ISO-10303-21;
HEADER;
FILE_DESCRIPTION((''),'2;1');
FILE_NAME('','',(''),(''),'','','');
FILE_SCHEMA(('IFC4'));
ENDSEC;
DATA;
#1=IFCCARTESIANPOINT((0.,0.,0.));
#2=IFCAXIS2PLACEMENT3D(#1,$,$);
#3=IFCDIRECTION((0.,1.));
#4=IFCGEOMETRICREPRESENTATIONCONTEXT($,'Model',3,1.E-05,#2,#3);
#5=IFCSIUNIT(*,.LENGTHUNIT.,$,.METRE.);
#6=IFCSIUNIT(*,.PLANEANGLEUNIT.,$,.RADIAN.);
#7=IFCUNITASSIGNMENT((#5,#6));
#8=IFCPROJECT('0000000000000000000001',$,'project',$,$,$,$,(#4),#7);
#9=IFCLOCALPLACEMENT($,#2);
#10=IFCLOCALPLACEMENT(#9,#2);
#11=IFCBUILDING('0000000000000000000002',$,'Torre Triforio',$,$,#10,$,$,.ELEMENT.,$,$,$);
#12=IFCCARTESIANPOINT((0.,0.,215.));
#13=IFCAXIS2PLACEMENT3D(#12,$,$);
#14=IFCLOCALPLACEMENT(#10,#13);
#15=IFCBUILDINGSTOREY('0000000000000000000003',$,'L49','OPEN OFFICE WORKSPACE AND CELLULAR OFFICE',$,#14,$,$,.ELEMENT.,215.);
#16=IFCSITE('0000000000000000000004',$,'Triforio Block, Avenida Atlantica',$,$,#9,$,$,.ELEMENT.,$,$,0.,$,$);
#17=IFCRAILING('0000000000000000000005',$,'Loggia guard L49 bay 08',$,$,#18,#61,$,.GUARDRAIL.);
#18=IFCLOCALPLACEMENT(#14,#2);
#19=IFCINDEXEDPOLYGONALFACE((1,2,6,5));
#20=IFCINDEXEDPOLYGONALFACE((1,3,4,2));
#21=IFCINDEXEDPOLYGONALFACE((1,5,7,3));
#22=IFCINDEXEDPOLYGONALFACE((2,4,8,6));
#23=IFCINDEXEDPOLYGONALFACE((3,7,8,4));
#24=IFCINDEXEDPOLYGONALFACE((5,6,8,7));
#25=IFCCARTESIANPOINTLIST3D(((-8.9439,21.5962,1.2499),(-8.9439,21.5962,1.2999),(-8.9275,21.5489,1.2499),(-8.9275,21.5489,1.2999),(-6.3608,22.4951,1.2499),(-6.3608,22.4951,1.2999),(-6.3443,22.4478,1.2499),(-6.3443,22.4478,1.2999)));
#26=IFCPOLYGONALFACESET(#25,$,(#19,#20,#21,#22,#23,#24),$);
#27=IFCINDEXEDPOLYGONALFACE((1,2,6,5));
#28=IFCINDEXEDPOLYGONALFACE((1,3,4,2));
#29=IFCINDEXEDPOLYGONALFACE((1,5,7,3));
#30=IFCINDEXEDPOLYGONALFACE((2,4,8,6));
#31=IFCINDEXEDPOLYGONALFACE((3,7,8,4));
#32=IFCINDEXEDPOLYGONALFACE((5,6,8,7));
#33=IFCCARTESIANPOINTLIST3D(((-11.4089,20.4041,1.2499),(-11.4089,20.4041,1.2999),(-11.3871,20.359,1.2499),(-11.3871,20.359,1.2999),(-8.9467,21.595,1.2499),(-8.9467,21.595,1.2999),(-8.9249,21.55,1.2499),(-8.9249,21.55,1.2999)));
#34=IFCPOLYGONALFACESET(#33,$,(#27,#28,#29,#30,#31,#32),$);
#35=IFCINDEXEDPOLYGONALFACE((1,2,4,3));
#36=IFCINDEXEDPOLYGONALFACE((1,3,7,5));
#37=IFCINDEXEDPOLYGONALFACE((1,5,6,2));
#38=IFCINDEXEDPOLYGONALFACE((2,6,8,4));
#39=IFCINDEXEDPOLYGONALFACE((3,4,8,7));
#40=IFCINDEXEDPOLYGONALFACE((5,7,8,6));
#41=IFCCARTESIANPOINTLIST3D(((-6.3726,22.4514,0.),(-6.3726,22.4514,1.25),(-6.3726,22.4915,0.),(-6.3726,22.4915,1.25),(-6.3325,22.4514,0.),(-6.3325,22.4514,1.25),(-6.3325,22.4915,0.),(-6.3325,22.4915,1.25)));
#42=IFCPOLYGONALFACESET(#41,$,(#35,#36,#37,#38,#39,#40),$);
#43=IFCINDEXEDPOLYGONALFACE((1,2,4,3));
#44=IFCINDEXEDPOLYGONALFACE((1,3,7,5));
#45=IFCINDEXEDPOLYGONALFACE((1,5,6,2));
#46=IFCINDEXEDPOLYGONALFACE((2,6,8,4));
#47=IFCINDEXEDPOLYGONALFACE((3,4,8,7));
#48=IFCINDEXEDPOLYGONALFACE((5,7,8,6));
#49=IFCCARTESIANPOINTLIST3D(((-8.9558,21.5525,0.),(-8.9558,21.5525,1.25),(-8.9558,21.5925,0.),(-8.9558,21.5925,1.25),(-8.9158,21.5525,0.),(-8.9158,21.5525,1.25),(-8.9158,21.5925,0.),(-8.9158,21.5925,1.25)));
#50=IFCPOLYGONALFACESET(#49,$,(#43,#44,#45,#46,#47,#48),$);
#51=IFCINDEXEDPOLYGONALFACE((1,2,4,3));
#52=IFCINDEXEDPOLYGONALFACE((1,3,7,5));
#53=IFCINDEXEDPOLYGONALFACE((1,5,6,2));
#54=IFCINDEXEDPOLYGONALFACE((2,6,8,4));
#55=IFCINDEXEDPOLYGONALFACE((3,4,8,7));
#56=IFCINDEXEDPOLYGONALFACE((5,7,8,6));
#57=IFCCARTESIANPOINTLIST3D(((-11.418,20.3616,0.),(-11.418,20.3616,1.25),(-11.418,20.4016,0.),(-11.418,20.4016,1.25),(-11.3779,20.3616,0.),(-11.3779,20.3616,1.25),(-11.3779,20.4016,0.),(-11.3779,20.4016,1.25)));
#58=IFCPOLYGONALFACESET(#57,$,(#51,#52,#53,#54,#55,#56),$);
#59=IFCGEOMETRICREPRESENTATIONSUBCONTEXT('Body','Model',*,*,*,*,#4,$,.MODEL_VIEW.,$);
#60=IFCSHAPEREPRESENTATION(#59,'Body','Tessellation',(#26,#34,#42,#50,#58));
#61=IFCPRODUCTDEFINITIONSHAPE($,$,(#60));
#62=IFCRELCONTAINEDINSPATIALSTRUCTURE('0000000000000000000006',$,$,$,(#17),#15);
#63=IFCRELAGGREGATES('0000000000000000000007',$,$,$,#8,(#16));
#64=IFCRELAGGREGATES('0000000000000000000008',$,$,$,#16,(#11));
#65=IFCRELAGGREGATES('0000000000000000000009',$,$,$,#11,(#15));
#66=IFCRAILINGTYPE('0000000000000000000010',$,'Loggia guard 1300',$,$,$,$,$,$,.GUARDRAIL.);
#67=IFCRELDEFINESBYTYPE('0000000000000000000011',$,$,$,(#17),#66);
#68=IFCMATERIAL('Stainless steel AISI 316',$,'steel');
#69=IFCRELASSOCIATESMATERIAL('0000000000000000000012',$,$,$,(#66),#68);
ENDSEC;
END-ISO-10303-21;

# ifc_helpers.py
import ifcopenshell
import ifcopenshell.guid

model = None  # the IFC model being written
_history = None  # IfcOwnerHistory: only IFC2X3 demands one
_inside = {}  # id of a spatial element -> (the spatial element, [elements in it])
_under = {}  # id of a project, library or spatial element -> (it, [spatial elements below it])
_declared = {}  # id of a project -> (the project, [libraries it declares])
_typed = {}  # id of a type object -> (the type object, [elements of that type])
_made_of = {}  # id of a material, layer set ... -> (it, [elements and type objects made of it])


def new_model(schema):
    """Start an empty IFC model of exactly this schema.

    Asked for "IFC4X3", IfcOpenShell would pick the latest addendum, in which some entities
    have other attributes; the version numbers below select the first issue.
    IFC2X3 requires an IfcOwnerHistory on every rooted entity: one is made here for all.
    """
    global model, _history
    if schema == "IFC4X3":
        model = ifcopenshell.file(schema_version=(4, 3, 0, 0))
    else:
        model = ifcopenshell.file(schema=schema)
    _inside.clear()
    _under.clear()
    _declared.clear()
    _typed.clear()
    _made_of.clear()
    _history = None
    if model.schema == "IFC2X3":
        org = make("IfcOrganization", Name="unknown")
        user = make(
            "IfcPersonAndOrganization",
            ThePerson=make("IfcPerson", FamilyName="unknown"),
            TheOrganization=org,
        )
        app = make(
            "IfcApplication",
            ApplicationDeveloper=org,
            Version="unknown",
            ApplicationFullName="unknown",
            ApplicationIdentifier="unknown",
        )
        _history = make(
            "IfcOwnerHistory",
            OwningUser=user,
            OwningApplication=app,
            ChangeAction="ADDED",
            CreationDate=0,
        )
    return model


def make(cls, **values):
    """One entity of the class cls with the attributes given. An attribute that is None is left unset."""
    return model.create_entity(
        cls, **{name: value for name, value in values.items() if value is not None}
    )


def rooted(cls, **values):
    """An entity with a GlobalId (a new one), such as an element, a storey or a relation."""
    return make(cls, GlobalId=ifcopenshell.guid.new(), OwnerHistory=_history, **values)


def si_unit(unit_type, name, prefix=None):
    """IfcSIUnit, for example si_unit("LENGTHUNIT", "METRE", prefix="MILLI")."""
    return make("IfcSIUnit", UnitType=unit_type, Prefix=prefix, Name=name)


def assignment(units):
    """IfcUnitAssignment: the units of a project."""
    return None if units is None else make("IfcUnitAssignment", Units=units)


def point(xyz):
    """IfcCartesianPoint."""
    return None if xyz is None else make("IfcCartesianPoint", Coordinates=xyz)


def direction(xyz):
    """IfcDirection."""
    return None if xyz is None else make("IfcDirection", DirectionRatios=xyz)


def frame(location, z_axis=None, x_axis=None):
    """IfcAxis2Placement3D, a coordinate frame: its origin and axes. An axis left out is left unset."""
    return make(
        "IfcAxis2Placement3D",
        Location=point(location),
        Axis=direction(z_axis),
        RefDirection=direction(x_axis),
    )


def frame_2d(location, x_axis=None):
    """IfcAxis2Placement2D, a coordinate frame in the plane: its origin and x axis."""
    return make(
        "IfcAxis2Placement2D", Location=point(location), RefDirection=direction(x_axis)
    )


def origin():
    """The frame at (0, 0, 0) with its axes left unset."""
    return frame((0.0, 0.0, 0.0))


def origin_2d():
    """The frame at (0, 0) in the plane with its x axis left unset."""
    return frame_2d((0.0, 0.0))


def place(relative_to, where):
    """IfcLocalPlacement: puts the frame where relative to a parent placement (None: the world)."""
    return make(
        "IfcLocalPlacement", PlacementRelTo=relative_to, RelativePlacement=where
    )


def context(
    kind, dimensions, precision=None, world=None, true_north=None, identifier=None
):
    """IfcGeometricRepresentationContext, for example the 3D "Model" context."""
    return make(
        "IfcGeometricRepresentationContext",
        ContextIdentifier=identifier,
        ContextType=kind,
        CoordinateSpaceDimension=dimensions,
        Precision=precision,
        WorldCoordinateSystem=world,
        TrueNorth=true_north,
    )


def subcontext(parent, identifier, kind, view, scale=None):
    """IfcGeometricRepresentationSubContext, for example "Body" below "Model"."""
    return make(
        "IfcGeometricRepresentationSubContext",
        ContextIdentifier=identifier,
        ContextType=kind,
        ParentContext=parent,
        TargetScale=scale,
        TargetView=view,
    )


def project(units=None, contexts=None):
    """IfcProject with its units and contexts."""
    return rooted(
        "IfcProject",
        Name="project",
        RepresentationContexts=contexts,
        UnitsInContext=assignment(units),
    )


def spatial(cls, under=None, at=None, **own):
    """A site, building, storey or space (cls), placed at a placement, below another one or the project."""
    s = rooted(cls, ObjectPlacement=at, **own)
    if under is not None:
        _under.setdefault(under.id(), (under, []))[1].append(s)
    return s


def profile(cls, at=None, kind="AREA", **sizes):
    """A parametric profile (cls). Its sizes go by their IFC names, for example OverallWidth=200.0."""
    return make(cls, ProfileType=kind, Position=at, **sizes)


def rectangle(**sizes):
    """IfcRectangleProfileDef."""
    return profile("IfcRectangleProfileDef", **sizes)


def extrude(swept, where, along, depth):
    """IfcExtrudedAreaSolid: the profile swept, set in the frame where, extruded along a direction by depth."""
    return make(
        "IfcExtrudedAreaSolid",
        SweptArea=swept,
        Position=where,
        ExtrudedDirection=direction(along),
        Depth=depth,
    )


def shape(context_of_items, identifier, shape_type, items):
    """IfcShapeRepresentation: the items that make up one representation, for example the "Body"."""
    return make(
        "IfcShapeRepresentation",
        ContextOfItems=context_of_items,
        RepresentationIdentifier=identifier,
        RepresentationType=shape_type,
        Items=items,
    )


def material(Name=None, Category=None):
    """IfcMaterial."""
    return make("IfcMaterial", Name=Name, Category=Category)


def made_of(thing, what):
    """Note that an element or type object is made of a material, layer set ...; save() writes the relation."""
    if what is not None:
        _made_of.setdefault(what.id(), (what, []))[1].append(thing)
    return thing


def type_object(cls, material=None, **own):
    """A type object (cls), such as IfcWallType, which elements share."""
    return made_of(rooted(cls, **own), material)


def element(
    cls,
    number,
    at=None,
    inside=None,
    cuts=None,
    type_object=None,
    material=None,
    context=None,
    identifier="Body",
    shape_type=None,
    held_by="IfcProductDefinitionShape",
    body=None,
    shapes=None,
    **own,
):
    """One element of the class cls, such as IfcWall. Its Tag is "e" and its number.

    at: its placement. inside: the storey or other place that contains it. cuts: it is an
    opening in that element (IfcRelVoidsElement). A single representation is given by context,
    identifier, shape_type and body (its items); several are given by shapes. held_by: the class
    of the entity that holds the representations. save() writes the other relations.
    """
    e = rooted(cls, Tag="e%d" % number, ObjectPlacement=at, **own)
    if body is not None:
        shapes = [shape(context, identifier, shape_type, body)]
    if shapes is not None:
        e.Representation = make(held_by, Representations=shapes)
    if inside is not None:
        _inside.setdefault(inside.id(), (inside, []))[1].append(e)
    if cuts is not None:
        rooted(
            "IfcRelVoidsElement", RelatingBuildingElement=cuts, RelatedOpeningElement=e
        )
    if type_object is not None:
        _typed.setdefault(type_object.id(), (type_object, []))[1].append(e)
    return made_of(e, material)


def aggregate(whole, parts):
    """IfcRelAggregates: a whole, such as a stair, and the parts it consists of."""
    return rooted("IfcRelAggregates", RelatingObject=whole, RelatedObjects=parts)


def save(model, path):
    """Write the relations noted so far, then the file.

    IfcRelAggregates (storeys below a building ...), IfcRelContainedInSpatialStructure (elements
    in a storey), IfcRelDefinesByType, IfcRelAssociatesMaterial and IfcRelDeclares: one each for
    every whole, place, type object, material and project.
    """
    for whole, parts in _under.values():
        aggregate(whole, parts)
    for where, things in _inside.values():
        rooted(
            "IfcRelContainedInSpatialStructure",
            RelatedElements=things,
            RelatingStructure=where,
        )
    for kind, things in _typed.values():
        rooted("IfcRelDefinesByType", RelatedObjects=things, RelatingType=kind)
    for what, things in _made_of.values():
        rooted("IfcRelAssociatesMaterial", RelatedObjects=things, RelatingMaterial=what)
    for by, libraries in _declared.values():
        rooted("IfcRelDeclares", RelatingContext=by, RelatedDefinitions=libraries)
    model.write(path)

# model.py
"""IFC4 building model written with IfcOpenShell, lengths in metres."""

from ifc_helpers import new_model, si_unit, direction, frame, origin, origin_2d, place, context, subcontext, project, spatial, rectangle, extrude, material, type_object, element, save


model = new_model("IFC4")

# Units and contexts
model_context = context("Model", 3, precision=1e-05, world=origin(), true_north=direction((0.0, 1.0)))
body_context = subcontext(model_context, "Body", "Model", "MODEL_VIEW")
ifc_project = project(units=[si_unit("LENGTHUNIT", "METRE"), si_unit("PLANEANGLEUNIT", "RADIAN")], contexts=[model_context])

# Site, building, storey
site_placement = place(None, origin())
site = spatial("IfcSite", under=ifc_project, at=site_placement, Name="Triforio Block, Avenida Atlantica", CompositionType="ELEMENT", RefElevation=0.0)
building_placement = place(site_placement, origin())
building = spatial("IfcBuilding", under=site, at=building_placement, Name="Torre Triforio", CompositionType="ELEMENT")
storey_placement = place(building_placement, frame((0.0, 0.0, 215.0)))
storey = spatial("IfcBuildingStorey", under=building, at=storey_placement, Name="L49", Description="OPEN OFFICE WORKSPACE AND CELLULAR OFFICE", CompositionType="ELEMENT", Elevation=215.0)

# Railing
ifc_material_1 = material(Name="Stainless steel AISI 316", Category="steel")
railing_type_1 = type_object("IfcRailingType", Name="Loggia guard 1300", PredefinedType="GUARDRAIL", material=ifc_material_1)
railing_1_placement = place(storey_placement, frame((-6.3525, 22.4714, 0.0)))
element("IfcRailing", 1, at=railing_1_placement, inside=storey, type_object=railing_type_1, Name="Loggia guard L49 bay 08", PredefinedType="GUARDRAIL", context=body_context, shape_type="SweptSolid", body=[
    extrude(rectangle(XDim=0.05, YDim=0.05, at=origin_2d()), frame((0.0, 0.0, 1.2749), z_axis=(-0.944451, -0.328652, 0.0), x_axis=(0.328652, -0.944451, 0.0)), (0.0, 0.0, 1.0), 2.7351),
    extrude(rectangle(XDim=0.05, YDim=0.05, at=origin_2d()), frame((-2.5833, -0.8989, 1.2749), z_axis=(-0.900224, -0.435428, 0.0), x_axis=(0.435428, -0.900224, 0.0)), (0.0, 0.0, 1.0), 2.7351),
    extrude(rectangle(XDim=0.04, YDim=0.04, at=origin_2d()), origin(), (0.0, 0.0, 1.0), 1.25),
    extrude(rectangle(XDim=0.04, YDim=0.04, at=origin_2d()), frame((-2.5833, -0.8989, 0.0)), (0.0, 0.0, 1.0), 1.25),
    extrude(rectangle(XDim=0.04, YDim=0.04, at=origin_2d()), frame((-5.0454, -2.0898, 0.0)), (0.0, 0.0, 1.0), 1.25),
])

save(model, "model.ifc")
